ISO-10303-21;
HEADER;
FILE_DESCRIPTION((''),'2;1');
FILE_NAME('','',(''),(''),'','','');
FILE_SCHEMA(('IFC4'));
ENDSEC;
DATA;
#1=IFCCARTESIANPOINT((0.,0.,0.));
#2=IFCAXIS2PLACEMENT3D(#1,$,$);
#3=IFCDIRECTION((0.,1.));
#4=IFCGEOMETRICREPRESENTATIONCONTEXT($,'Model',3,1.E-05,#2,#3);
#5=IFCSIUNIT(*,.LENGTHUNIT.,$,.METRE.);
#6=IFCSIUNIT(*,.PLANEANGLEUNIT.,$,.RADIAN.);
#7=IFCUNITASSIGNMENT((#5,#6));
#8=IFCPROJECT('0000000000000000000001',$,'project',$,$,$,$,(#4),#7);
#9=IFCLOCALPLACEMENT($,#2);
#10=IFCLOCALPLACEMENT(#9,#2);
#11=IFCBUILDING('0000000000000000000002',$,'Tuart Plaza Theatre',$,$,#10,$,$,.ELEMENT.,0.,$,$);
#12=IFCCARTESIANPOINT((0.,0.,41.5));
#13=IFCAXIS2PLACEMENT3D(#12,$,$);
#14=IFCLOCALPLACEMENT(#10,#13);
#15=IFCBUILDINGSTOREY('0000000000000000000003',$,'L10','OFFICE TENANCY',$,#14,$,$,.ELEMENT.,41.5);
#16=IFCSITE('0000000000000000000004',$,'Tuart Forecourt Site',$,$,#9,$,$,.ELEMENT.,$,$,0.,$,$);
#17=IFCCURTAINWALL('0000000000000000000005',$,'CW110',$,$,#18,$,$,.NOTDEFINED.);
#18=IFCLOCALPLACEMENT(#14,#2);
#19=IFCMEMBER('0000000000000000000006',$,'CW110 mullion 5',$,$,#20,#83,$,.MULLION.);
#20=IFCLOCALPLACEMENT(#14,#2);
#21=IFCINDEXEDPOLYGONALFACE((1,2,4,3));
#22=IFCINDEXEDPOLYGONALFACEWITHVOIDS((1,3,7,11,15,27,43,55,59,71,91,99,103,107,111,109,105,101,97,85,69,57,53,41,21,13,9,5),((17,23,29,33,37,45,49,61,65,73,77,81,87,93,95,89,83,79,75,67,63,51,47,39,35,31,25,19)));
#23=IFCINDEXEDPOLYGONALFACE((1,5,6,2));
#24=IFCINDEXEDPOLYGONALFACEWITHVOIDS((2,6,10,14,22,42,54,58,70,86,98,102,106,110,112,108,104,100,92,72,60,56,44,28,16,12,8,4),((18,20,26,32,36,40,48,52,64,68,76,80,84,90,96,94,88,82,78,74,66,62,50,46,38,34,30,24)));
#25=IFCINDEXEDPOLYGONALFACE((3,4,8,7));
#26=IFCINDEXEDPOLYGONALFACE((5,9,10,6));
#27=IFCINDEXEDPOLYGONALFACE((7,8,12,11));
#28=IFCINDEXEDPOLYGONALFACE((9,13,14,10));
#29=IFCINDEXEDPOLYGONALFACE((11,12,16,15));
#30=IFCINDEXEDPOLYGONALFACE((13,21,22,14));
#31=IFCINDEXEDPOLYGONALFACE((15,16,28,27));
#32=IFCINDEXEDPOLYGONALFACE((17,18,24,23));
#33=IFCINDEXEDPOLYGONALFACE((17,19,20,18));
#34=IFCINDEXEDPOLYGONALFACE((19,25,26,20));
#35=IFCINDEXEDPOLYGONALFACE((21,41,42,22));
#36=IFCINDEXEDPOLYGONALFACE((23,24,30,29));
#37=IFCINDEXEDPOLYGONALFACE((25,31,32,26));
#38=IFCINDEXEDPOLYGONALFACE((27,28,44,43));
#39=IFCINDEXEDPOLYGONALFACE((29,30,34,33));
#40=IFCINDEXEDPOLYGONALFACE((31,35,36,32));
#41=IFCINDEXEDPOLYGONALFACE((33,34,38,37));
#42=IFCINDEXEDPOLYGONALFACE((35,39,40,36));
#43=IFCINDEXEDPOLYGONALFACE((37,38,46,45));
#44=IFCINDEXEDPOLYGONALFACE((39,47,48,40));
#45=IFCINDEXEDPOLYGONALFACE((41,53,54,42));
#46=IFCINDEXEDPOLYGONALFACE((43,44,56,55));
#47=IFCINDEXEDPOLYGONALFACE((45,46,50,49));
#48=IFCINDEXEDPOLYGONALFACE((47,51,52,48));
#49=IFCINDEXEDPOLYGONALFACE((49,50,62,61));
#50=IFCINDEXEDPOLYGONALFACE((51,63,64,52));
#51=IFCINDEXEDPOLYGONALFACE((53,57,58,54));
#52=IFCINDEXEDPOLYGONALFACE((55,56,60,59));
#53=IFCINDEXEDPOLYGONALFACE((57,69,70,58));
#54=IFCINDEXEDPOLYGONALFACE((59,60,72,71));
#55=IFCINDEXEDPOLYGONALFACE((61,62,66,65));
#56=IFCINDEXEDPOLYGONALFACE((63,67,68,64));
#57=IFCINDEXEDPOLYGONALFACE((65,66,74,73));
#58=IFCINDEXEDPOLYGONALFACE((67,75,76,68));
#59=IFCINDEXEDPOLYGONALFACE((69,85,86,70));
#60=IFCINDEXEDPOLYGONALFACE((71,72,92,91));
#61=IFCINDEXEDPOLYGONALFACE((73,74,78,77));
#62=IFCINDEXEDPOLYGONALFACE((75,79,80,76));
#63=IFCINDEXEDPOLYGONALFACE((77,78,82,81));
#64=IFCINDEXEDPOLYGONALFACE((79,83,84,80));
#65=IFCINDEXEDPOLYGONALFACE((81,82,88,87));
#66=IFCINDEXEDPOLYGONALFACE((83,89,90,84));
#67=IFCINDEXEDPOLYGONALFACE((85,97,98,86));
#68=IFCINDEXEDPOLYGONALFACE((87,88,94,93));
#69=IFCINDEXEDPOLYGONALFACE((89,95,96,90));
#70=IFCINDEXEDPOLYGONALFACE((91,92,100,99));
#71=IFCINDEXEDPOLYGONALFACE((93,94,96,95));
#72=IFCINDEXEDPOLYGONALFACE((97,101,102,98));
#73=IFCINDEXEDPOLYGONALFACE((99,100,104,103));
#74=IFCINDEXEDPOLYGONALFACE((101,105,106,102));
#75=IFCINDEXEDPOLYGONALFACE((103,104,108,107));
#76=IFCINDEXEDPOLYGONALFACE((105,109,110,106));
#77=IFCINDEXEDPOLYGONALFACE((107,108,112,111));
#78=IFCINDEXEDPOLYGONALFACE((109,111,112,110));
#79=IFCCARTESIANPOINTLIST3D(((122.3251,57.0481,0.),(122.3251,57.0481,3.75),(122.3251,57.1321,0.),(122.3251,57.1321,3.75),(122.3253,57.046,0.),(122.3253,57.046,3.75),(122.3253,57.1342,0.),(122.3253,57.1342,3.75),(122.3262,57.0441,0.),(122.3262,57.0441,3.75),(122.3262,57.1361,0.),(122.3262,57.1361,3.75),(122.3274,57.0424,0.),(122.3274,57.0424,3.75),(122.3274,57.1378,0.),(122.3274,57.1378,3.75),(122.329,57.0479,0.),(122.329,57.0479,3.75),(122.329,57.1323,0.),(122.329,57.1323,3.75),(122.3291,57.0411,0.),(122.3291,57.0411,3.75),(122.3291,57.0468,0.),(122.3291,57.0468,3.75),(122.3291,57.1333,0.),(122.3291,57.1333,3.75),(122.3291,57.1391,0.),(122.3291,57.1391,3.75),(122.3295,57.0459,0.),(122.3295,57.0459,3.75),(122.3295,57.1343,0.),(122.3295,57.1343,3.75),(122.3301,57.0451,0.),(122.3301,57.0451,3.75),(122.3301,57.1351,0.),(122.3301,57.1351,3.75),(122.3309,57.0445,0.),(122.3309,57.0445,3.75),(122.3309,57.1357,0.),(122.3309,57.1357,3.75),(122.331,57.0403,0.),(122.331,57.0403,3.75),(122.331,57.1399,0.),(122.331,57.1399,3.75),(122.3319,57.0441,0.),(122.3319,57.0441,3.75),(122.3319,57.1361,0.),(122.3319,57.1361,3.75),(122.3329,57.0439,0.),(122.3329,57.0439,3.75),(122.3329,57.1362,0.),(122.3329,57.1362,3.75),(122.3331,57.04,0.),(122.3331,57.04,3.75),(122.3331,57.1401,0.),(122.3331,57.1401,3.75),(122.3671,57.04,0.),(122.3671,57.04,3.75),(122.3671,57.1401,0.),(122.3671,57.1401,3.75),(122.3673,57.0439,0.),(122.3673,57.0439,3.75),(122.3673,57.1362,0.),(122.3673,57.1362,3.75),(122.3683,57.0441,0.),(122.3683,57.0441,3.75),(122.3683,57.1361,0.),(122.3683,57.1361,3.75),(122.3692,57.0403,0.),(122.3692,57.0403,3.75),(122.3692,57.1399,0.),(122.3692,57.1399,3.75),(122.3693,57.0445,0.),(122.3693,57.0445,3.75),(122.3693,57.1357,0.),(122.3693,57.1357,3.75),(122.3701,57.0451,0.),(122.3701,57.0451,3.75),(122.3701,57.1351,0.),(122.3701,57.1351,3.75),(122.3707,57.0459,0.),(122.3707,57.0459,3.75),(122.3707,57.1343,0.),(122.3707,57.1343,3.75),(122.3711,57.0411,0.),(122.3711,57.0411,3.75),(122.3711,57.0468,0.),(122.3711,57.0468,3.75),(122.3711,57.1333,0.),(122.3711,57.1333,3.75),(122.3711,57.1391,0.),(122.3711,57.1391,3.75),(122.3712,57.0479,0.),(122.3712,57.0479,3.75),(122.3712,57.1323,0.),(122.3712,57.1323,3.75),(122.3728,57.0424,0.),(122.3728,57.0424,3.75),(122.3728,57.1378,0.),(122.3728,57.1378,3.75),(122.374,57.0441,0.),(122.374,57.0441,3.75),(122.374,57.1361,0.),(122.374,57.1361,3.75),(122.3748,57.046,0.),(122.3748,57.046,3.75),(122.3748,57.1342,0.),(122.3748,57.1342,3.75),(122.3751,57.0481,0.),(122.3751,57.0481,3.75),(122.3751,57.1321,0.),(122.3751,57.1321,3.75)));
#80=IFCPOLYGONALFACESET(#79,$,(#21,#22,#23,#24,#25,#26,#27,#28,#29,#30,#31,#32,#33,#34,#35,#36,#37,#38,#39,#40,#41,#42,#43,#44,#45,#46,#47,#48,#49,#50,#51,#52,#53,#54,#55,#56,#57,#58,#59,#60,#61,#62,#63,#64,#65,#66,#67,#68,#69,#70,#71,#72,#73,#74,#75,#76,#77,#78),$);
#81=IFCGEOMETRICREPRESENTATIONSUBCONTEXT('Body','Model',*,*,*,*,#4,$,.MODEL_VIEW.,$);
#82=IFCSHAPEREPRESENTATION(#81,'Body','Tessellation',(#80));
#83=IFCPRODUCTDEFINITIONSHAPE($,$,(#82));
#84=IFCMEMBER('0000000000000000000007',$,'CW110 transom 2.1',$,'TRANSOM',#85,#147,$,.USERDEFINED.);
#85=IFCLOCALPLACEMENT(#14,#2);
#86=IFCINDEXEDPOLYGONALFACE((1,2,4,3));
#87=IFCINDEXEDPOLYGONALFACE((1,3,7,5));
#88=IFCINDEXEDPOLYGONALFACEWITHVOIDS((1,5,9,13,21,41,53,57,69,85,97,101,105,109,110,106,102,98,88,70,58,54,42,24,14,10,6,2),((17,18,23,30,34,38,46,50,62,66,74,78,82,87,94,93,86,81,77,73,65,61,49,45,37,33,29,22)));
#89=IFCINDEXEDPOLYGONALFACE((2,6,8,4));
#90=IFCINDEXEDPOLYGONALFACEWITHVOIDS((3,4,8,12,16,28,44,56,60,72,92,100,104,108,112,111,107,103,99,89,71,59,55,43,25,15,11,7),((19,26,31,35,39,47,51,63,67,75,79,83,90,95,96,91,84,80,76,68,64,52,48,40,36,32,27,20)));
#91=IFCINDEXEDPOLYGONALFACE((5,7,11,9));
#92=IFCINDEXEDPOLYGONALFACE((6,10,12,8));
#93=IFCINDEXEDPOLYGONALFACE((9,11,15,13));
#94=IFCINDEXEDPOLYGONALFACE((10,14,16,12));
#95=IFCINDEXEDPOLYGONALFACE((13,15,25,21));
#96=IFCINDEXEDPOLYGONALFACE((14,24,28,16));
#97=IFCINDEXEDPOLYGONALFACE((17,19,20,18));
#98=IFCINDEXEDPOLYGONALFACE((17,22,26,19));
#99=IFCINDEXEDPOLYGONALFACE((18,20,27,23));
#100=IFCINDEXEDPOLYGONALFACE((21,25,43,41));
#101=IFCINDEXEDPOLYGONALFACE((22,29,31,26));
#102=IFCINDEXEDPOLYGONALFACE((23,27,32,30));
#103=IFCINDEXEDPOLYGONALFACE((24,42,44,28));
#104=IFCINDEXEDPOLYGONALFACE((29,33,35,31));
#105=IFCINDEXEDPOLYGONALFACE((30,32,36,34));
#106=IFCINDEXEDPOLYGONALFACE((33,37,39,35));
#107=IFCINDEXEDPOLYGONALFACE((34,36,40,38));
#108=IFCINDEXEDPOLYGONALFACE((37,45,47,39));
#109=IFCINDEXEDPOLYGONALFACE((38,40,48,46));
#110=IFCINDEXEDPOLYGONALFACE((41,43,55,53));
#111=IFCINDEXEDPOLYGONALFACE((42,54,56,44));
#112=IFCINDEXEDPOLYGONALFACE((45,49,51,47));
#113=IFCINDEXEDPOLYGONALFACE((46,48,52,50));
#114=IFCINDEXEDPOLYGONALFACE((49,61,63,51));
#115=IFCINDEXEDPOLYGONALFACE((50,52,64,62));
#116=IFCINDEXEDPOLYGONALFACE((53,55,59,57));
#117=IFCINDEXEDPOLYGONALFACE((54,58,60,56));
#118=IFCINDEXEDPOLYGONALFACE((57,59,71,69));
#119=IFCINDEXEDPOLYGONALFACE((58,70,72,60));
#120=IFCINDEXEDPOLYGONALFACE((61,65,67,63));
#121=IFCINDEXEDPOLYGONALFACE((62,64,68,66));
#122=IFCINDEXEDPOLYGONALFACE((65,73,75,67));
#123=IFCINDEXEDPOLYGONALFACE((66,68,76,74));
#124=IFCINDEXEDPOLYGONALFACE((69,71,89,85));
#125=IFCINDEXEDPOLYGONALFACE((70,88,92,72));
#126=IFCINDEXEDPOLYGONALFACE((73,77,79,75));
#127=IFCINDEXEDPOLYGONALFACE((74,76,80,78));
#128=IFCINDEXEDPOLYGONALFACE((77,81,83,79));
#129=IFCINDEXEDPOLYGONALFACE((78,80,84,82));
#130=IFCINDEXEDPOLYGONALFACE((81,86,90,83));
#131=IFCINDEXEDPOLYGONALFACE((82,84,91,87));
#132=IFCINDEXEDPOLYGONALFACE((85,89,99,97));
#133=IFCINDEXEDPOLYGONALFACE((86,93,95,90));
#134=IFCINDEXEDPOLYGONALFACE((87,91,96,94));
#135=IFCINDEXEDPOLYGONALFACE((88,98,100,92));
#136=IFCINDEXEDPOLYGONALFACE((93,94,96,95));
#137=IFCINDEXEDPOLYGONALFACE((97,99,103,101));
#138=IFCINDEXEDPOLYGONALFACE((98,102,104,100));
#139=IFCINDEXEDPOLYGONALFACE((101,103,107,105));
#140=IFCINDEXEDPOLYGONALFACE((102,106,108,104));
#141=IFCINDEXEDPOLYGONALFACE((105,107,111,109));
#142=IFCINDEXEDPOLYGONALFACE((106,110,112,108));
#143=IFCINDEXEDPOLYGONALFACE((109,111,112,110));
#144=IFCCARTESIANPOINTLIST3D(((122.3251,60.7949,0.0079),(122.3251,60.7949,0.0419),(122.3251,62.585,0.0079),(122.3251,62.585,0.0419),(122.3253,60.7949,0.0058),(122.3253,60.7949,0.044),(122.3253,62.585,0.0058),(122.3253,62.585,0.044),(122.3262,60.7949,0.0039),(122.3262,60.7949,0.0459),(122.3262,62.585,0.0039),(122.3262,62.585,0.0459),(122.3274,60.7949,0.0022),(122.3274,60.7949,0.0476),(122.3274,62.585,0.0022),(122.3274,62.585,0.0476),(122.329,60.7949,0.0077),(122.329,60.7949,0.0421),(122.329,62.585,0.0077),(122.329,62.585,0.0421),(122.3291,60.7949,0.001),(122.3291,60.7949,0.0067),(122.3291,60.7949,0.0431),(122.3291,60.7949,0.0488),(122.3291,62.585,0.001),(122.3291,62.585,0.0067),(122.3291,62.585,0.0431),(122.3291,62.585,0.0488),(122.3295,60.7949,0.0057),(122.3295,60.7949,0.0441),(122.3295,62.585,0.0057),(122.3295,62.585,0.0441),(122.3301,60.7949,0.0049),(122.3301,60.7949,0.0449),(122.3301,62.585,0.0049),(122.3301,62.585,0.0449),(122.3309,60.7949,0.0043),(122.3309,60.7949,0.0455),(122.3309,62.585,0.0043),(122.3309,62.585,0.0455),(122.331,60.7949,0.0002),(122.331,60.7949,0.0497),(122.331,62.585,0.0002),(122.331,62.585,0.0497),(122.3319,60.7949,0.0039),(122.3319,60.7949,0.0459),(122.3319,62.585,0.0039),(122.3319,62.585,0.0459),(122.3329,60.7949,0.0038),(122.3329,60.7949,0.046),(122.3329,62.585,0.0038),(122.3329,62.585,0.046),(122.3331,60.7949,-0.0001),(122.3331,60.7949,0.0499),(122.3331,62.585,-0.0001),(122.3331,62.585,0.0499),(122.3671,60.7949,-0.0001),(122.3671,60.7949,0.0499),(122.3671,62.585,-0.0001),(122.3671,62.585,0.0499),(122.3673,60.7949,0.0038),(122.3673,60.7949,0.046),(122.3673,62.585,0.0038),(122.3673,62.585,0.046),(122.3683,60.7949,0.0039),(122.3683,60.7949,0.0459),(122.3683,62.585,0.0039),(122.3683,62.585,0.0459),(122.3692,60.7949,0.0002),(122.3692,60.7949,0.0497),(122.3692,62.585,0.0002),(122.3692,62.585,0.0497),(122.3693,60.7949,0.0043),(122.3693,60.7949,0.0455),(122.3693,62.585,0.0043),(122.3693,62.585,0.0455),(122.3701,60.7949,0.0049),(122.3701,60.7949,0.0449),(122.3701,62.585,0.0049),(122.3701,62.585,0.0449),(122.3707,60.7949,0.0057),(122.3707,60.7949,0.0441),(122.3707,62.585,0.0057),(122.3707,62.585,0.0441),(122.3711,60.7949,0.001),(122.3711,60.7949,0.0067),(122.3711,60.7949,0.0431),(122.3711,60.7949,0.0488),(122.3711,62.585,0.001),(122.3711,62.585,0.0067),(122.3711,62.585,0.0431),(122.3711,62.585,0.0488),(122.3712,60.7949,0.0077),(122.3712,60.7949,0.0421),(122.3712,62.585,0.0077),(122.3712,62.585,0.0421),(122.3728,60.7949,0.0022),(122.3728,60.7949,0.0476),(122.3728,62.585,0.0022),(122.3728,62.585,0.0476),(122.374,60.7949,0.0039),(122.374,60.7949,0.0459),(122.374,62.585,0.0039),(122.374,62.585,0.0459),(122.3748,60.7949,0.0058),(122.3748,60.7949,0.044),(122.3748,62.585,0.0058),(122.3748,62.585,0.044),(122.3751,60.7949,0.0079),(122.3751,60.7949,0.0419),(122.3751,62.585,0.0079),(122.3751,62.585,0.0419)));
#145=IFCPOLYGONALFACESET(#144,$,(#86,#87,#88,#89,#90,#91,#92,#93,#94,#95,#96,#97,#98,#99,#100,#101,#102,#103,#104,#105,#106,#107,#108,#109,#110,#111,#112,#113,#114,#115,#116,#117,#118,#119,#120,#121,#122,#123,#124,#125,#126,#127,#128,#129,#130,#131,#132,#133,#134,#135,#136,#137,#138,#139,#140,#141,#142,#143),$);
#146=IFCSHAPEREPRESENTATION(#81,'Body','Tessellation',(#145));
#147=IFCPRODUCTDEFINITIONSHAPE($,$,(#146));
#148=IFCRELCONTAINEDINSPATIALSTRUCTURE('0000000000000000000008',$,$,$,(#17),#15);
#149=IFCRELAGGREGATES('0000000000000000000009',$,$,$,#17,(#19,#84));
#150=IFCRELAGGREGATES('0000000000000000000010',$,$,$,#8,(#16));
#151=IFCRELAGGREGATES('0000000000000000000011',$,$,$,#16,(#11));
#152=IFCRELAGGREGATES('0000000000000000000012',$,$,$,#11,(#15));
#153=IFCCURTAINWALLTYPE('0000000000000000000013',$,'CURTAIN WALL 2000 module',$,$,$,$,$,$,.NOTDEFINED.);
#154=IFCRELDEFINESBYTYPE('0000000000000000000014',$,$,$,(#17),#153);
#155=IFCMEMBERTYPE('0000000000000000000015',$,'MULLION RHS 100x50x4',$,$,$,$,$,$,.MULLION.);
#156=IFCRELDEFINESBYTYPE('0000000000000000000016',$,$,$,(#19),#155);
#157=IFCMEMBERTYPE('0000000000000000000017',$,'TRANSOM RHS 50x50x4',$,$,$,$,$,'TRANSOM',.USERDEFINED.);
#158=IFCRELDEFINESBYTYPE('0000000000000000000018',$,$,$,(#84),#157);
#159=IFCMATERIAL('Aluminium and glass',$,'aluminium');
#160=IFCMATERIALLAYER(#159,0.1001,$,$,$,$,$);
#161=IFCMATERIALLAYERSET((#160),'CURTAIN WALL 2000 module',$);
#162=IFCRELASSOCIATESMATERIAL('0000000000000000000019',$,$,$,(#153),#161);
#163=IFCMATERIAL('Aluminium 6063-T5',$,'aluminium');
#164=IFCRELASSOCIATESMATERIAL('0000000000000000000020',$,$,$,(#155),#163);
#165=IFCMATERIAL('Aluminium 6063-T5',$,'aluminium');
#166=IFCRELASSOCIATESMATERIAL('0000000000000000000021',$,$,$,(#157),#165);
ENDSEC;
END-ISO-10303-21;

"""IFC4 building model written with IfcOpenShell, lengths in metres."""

from ifc_helpers import new_model, si_unit, direction, frame, origin, origin_2d, place, context, subcontext, project, spatial, hollow_rectangle, extrude, material, layer, layer_set, material_profile, profile_set, type_object, element, aggregate, save


model = new_model("IFC4")

# Units and contexts
model_context = context("Model", 3, precision=1e-05, world=origin(), true_north=direction((0.0, 1.0)))
body_context = subcontext(model_context, "Body", "Model", "MODEL_VIEW")
ifc_project = project(units=[si_unit("LENGTHUNIT", "METRE"), si_unit("PLANEANGLEUNIT", "RADIAN")], contexts=[model_context])

# Site, building, storey
site_placement = place(None, origin())
site = spatial("IfcSite", under=ifc_project, at=site_placement, Name="Tuart Forecourt Site", CompositionType="ELEMENT", RefElevation=0.0)
building_placement = place(site_placement, origin())
building = spatial("IfcBuilding", under=site, at=building_placement, Name="Tuart Plaza Theatre", CompositionType="ELEMENT", ElevationOfRefHeight=0.0)
storey_placement = place(building_placement, frame((0.0, 0.0, 41.5)))
storey = spatial("IfcBuildingStorey", under=building, at=storey_placement, Name="L10", Description="OFFICE TENANCY", CompositionType="ELEMENT", Elevation=41.5)

# Curtain wall, members
ifc_material_1 = material(Name="Aluminium and glass", Category="aluminium")
ifc_layer_1 = layer(ifc_material_1, 0.1001)
ifc_layer_set_1 = layer_set([ifc_layer_1], Name="CURTAIN WALL 2000 module")
curtain_wall_type = type_object("IfcCurtainWallType", Name="CURTAIN WALL 2000 module", PredefinedType="NOTDEFINED", material=ifc_layer_set_1)
curtain_wall_placement = place(storey_placement, origin())
curtain_wall = element("IfcCurtainWall", 1, at=curtain_wall_placement, inside=storey, type_object=curtain_wall_type, Name="CW110", PredefinedType="NOTDEFINED")
ifc_material_2 = material(Name="Aluminium 6063-T5", Category="aluminium")
ifc_material_profile_1 = material_profile(ifc_material_2, hollow_rectangle(XDim=0.05, YDim=0.1001, WallThickness=0.0039, InnerFilletRadius=0.0039, OuterFilletRadius=0.0081, at=origin_2d()), Name="RHS 100x50x4")
ifc_profile_set_1 = profile_set([ifc_material_profile_1], Name="Aluminium 6063-T5")
member_type_1 = type_object("IfcMemberType", Name="MULLION RHS 100x50x4", PredefinedType="MULLION", material=ifc_profile_set_1)
member_1_placement = place(storey_placement, frame((122.3501, 57.0901, 0.0), z_axis=(0.0, 0.0, 1.0), x_axis=(1.0, 0.0, 0.0)))
member_1 = element("IfcMember", 2, at=member_1_placement, type_object=member_type_1, Name="CW110 mullion 5", PredefinedType="MULLION", context=body_context, shape_type="SweptSolid", body=[
    extrude(hollow_rectangle(XDim=0.05, YDim=0.1001, WallThickness=0.0039, InnerFilletRadius=0.0039, OuterFilletRadius=0.0081, at=origin_2d()), origin(), (0.0, 0.0, 1.0), 3.75),
])
ifc_material_3 = material(Name="Aluminium 6063-T5", Category="aluminium")
ifc_material_profile_2 = material_profile(ifc_material_3, hollow_rectangle(XDim=0.05, YDim=0.05, WallThickness=0.0039, InnerFilletRadius=0.0039, OuterFilletRadius=0.0081, at=origin_2d()), Name="RHS 50x50x4")
ifc_profile_set_2 = profile_set([ifc_material_profile_2], Name="Aluminium 6063-T5")
member_type_2 = type_object("IfcMemberType", Name="TRANSOM RHS 50x50x4", ElementType="TRANSOM", PredefinedType="USERDEFINED", material=ifc_profile_set_2)
member_2_placement = place(storey_placement, frame((122.3501, 62.585, 0.0249), z_axis=(0.0, -1.0, 0.0), x_axis=(1.0, 0.0, 0.0)))
member_2 = element("IfcMember", 3, at=member_2_placement, type_object=member_type_2, Name="CW110 transom 2.1", ObjectType="TRANSOM", PredefinedType="USERDEFINED", context=body_context, shape_type="SweptSolid", body=[
    extrude(hollow_rectangle(XDim=0.05, YDim=0.05, WallThickness=0.0039, InnerFilletRadius=0.0039, OuterFilletRadius=0.0081, at=origin_2d()), origin(), (0.0, 0.0, 1.0), 1.79),
])
aggregate(curtain_wall, [member_1, member_2])

save(model, "model.ifc")
